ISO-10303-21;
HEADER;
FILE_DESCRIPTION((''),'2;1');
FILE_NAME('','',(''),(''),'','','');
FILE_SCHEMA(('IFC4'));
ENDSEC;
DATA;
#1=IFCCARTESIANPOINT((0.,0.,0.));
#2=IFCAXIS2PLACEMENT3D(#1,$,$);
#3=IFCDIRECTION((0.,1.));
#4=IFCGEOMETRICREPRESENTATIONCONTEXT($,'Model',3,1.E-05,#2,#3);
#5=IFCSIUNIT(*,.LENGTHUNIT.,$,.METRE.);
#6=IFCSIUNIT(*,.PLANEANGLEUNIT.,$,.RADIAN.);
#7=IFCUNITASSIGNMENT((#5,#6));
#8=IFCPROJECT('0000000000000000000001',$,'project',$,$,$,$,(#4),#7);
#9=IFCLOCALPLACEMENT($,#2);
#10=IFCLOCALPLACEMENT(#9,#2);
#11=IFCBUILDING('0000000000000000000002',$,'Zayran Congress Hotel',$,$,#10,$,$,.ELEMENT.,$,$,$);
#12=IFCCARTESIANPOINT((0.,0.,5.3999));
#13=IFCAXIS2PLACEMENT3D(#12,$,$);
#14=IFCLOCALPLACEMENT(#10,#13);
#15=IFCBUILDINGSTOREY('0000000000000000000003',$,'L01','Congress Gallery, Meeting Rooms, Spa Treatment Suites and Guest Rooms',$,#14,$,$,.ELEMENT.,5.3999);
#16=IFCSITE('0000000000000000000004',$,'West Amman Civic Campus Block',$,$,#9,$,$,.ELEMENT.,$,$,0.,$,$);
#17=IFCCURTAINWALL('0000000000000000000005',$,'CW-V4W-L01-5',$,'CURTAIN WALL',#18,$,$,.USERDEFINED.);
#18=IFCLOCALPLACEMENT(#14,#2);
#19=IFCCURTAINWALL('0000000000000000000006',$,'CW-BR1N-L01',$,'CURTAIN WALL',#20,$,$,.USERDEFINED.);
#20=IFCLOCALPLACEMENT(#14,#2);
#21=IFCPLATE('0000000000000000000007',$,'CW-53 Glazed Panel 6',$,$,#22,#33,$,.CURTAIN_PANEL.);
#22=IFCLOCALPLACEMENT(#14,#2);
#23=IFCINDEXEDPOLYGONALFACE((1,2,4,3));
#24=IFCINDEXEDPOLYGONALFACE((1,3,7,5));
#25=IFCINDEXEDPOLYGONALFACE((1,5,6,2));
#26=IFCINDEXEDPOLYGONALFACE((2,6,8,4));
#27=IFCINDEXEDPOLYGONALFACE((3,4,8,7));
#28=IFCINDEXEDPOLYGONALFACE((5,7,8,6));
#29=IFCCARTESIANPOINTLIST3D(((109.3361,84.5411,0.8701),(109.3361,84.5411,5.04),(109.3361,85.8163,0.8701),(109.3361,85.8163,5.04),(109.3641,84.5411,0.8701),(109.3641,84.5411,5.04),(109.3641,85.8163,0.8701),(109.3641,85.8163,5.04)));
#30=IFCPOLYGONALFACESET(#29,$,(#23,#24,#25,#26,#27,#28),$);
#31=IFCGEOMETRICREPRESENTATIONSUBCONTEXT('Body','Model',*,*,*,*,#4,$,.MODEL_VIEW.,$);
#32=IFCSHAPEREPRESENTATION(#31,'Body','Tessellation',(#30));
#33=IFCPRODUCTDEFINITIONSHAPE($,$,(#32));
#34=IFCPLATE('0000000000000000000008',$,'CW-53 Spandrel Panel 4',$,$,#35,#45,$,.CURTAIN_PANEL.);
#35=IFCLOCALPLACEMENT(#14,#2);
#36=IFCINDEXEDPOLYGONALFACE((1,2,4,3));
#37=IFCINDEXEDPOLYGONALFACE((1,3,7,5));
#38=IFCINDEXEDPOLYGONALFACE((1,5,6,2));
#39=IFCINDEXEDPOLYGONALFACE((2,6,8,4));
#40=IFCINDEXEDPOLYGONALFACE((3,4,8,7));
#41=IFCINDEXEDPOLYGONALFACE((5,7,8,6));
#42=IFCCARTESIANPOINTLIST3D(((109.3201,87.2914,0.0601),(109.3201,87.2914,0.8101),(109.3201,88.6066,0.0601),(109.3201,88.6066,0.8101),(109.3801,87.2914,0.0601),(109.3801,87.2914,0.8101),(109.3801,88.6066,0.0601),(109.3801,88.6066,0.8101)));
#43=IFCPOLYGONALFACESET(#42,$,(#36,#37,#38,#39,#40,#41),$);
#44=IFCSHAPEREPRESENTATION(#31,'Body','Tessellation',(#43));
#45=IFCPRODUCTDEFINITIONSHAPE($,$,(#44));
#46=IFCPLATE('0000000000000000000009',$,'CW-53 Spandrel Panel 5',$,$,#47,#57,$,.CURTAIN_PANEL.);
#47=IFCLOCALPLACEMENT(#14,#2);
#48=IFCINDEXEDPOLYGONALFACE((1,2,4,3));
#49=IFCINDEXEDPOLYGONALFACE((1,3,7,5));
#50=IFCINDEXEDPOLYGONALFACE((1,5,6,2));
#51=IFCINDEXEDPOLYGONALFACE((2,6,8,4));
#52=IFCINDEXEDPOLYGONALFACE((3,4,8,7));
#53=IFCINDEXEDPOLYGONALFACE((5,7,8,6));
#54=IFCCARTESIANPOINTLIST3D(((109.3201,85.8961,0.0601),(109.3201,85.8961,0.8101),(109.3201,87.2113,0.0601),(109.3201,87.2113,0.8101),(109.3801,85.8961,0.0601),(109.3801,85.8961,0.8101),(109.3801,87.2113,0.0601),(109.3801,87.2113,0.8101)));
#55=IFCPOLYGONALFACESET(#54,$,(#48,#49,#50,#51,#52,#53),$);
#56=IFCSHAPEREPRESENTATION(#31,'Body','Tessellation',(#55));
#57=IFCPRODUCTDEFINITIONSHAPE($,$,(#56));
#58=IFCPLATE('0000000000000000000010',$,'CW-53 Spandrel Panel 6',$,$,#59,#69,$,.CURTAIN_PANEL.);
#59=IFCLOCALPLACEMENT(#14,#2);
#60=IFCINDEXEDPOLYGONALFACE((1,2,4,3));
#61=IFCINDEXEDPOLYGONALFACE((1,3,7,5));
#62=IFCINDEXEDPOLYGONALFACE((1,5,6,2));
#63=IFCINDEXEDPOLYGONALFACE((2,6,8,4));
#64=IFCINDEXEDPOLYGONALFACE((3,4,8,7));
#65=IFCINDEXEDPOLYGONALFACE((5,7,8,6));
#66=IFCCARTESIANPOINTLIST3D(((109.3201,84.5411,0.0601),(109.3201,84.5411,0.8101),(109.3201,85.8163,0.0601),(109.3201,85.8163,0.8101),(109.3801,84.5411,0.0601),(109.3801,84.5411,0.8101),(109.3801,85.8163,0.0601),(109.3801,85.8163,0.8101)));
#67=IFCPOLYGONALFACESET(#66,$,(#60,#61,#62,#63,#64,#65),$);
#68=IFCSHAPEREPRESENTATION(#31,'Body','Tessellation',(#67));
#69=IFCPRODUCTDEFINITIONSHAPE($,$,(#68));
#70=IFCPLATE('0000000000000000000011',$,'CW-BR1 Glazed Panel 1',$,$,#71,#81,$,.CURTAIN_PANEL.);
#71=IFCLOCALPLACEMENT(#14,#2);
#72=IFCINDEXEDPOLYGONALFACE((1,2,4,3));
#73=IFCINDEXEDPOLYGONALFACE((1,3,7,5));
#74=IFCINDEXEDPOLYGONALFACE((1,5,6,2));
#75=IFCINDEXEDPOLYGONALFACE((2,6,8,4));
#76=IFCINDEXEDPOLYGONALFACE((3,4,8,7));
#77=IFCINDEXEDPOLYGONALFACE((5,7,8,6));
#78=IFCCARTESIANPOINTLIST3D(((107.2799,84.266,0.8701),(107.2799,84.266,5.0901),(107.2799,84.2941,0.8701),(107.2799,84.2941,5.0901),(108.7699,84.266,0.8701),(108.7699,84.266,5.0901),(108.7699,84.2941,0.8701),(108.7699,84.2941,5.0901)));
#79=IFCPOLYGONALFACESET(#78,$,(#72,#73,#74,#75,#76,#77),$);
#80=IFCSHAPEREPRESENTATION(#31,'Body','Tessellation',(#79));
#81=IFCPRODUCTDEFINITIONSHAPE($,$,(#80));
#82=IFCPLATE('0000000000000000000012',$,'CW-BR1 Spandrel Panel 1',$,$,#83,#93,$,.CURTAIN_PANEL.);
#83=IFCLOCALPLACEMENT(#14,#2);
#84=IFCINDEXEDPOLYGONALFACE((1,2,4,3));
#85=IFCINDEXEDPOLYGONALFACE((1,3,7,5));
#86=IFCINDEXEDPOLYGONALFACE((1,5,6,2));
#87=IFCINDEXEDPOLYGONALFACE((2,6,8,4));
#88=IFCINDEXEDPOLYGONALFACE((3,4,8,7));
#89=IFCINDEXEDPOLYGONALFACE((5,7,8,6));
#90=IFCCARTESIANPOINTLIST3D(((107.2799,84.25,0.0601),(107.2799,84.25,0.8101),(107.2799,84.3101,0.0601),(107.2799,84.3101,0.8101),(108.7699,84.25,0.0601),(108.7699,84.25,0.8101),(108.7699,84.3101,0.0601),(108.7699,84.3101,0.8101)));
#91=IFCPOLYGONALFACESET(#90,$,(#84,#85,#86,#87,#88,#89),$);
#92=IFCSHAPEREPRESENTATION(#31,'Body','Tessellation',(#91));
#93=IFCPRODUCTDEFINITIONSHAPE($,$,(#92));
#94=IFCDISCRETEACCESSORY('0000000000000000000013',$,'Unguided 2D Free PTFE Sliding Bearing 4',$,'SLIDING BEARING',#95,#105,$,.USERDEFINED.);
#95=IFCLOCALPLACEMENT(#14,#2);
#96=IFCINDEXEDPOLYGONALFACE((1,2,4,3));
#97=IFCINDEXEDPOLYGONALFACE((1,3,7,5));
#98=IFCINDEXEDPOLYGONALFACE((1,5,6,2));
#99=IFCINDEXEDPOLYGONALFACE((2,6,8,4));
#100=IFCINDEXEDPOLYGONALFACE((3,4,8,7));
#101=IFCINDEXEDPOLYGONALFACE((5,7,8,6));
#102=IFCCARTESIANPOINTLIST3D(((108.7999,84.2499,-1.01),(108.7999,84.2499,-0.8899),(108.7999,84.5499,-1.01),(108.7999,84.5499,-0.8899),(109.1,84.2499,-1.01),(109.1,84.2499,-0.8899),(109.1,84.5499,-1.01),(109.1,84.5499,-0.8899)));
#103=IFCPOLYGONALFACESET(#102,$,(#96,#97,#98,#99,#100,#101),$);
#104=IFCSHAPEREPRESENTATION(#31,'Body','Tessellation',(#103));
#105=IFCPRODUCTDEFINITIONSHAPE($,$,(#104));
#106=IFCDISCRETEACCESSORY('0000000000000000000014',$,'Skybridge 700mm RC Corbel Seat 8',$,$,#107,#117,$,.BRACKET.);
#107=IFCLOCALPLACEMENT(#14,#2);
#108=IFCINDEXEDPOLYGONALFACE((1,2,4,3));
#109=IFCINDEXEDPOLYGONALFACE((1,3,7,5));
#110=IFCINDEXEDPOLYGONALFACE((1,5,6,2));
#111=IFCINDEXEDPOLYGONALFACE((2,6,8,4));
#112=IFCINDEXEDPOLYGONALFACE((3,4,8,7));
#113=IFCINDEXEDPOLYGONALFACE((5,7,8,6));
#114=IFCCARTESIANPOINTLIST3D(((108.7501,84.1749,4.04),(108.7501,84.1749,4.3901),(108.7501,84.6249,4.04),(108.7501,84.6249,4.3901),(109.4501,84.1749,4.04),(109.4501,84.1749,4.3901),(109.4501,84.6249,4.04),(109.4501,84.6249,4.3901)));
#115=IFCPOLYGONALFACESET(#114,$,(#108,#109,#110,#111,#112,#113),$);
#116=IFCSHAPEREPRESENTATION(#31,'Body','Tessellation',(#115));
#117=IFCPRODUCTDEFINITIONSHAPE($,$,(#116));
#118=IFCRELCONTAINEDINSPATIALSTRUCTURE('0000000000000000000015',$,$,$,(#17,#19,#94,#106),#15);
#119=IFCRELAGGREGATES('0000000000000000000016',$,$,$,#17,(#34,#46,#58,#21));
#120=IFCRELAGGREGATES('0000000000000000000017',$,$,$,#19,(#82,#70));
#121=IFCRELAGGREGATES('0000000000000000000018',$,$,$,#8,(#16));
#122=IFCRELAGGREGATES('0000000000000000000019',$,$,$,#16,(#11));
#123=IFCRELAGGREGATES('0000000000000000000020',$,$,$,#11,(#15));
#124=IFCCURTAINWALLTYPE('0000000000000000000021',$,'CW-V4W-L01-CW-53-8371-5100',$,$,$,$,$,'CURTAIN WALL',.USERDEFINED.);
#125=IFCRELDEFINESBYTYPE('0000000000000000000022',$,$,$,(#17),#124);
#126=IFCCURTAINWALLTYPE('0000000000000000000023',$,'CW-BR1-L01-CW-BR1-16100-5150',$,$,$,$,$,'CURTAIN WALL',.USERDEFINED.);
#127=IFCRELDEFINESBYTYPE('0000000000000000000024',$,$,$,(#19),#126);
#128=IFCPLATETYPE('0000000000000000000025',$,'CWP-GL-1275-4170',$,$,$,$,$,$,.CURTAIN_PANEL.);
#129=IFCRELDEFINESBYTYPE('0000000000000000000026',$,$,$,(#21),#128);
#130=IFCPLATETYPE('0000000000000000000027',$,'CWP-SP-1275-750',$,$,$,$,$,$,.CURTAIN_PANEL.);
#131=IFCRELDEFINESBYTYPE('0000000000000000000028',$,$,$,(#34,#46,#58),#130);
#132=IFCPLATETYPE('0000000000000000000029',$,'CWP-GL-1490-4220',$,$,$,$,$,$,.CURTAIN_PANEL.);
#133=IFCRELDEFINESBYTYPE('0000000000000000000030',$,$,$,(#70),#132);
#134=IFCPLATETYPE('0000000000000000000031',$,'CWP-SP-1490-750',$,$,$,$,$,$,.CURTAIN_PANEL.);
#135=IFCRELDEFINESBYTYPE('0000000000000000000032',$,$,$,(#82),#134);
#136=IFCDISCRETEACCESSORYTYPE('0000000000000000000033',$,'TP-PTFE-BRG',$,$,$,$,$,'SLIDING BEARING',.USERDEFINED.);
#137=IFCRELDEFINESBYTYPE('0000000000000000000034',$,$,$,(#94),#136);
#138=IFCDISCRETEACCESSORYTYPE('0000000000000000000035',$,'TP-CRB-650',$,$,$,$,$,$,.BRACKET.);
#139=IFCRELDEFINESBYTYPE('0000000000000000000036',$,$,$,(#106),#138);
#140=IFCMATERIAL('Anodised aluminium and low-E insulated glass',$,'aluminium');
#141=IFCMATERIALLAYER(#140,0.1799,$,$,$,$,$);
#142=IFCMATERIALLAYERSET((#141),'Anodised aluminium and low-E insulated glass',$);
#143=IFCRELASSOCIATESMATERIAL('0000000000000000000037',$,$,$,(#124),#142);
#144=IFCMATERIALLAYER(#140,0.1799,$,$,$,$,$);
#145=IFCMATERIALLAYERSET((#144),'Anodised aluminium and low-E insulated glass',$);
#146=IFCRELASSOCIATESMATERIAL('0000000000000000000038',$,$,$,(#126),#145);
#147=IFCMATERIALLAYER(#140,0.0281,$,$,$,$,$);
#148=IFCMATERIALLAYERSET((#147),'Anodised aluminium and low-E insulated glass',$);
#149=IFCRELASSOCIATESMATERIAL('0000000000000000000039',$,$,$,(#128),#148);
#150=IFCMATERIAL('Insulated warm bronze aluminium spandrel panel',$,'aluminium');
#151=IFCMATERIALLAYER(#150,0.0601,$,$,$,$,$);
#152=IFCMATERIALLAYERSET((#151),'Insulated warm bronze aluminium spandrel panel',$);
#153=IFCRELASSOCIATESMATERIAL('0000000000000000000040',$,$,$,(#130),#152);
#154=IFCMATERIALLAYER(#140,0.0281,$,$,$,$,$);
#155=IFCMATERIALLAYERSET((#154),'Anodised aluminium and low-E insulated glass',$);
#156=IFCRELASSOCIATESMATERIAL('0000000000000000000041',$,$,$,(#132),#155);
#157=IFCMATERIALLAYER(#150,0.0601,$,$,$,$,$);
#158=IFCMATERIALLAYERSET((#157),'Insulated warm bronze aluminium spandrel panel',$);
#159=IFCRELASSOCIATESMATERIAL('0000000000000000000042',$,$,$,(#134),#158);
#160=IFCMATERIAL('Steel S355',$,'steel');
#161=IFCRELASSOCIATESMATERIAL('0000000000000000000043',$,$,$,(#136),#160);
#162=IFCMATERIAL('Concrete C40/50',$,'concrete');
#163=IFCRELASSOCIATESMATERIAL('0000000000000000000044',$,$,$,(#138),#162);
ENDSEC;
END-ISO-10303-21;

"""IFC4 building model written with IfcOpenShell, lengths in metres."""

from ifc_helpers import new_model, si_unit, direction, frame, origin, origin_2d, place, context, subcontext, project, spatial, rectangle, extrude, material, layer, layer_set, type_object, element, aggregate, save


model = new_model("IFC4")

# Units and contexts
model_context = context("Model", 3, precision=1e-05, world=origin(), true_north=direction((0.0, 1.0)))
body_context = subcontext(model_context, "Body", "Model", "MODEL_VIEW")
ifc_project = project(units=[si_unit("LENGTHUNIT", "METRE"), si_unit("PLANEANGLEUNIT", "RADIAN")], contexts=[model_context])

# Site, building, storey
site_placement = place(None, origin())
site = spatial("IfcSite", under=ifc_project, at=site_placement, Name="West Amman Civic Campus Block", CompositionType="ELEMENT", RefElevation=0.0)
building_placement = place(site_placement, origin())
building = spatial("IfcBuilding", under=site, at=building_placement, Name="Zayran Congress Hotel", CompositionType="ELEMENT")
storey_placement = place(building_placement, frame((0.0, 0.0, 5.3999)))
storey = spatial("IfcBuildingStorey", under=building, at=storey_placement, Name="L01", Description="Congress Gallery, Meeting Rooms, Spa Treatment Suites and Guest Rooms", CompositionType="ELEMENT", Elevation=5.3999)

# Curtain walls
ifc_material_1 = material(Name="Anodised aluminium and low-E insulated glass", Category="aluminium")
ifc_layer_1 = layer(ifc_material_1, 0.1799)
ifc_layer_set_1 = layer_set([ifc_layer_1], Name="Anodised aluminium and low-E insulated glass")
curtain_wall_type_1 = type_object("IfcCurtainWallType", Name="CW-V4W-L01-CW-53-8371-5100", ElementType="CURTAIN WALL", PredefinedType="USERDEFINED", material=ifc_layer_set_1)
curtain_wall_1_placement = place(storey_placement, origin())
curtain_wall_1 = element("IfcCurtainWall", 1, at=curtain_wall_1_placement, inside=storey, type_object=curtain_wall_type_1, Name="CW-V4W-L01-5", ObjectType="CURTAIN WALL", PredefinedType="USERDEFINED")
ifc_layer_2 = layer(ifc_material_1, 0.1799)
ifc_layer_set_2 = layer_set([ifc_layer_2], Name="Anodised aluminium and low-E insulated glass")
curtain_wall_type_2 = type_object("IfcCurtainWallType", Name="CW-BR1-L01-CW-BR1-16100-5150", ElementType="CURTAIN WALL", PredefinedType="USERDEFINED", material=ifc_layer_set_2)
curtain_wall_2_placement = place(storey_placement, origin())
curtain_wall_2 = element("IfcCurtainWall", 2, at=curtain_wall_2_placement, inside=storey, type_object=curtain_wall_type_2, Name="CW-BR1N-L01", ObjectType="CURTAIN WALL", PredefinedType="USERDEFINED")

# Plates
ifc_layer_3 = layer(ifc_material_1, 0.0281)
ifc_layer_set_3 = layer_set([ifc_layer_3], Name="Anodised aluminium and low-E insulated glass")
plate_type_1 = type_object("IfcPlateType", Name="CWP-GL-1275-4170", PredefinedType="CURTAIN_PANEL", material=ifc_layer_set_3)
plate_1_placement = place(storey_placement, frame((109.3501, 85.1787, 0.8701), z_axis=(0.0, 0.0, 1.0), x_axis=(0.0, 1.0, 0.0)))
plate_1 = element("IfcPlate", 3, at=plate_1_placement, type_object=plate_type_1, Name="CW-53 Glazed Panel 6", PredefinedType="CURTAIN_PANEL", context=body_context, shape_type="SweptSolid", body=[
    extrude(rectangle(XDim=1.2751, YDim=0.0281, at=origin_2d()), origin(), (0.0, 0.0, 1.0), 4.1699),
])
ifc_material_2 = material(Name="Insulated warm bronze aluminium spandrel panel", Category="aluminium")
ifc_layer_4 = layer(ifc_material_2, 0.0601)
ifc_layer_set_4 = layer_set([ifc_layer_4], Name="Insulated warm bronze aluminium spandrel panel")
plate_type_2 = type_object("IfcPlateType", Name="CWP-SP-1275-750", PredefinedType="CURTAIN_PANEL", material=ifc_layer_set_4)
plate_2_placement = place(storey_placement, frame((109.3501, 87.949, 0.0601), z_axis=(0.0, 0.0, 1.0), x_axis=(0.0, 1.0, 0.0)))
plate_2 = element("IfcPlate", 4, at=plate_2_placement, type_object=plate_type_2, Name="CW-53 Spandrel Panel 4", PredefinedType="CURTAIN_PANEL", context=body_context, shape_type="SweptSolid", body=[
    extrude(rectangle(XDim=1.3152, YDim=0.0601, at=origin_2d()), origin(), (0.0, 0.0, 1.0), 0.75),
])
plate_3_placement = place(storey_placement, frame((109.3501, 86.5537, 0.0601), z_axis=(0.0, 0.0, 1.0), x_axis=(0.0, 1.0, 0.0)))
plate_3 = element("IfcPlate", 5, at=plate_3_placement, type_object=plate_type_2, Name="CW-53 Spandrel Panel 5", PredefinedType="CURTAIN_PANEL", context=body_context, shape_type="SweptSolid", body=[
    extrude(rectangle(XDim=1.3152, YDim=0.0601, at=origin_2d()), origin(), (0.0, 0.0, 1.0), 0.75),
])
plate_4_placement = place(storey_placement, frame((109.3501, 85.1787, 0.0601), z_axis=(0.0, 0.0, 1.0), x_axis=(0.0, 1.0, 0.0)))
plate_4 = element("IfcPlate", 6, at=plate_4_placement, type_object=plate_type_2, Name="CW-53 Spandrel Panel 6", PredefinedType="CURTAIN_PANEL", context=body_context, shape_type="SweptSolid", body=[
    extrude(rectangle(XDim=1.2751, YDim=0.0601, at=origin_2d()), origin(), (0.0, 0.0, 1.0), 0.75),
])
aggregate(curtain_wall_1, [plate_2, plate_3, plate_4, plate_1])
ifc_layer_5 = layer(ifc_material_1, 0.0281)
ifc_layer_set_5 = layer_set([ifc_layer_5], Name="Anodised aluminium and low-E insulated glass")
plate_type_3 = type_object("IfcPlateType", Name="CWP-GL-1490-4220", PredefinedType="CURTAIN_PANEL", material=ifc_layer_set_5)
plate_5_placement = place(storey_placement, frame((108.0249, 84.28, 0.8701), z_axis=(0.0, 0.0, 1.0), x_axis=(1.0, 0.0, 0.0)))
plate_5 = element("IfcPlate", 7, at=plate_5_placement, type_object=plate_type_3, Name="CW-BR1 Glazed Panel 1", PredefinedType="CURTAIN_PANEL", context=body_context, shape_type="SweptSolid", body=[
    extrude(rectangle(XDim=1.49, YDim=0.0281, at=origin_2d()), origin(), (0.0, 0.0, 1.0), 4.22),
])
ifc_layer_6 = layer(ifc_material_2, 0.0601)
ifc_layer_set_6 = layer_set([ifc_layer_6], Name="Insulated warm bronze aluminium spandrel panel")
plate_type_4 = type_object("IfcPlateType", Name="CWP-SP-1490-750", PredefinedType="CURTAIN_PANEL", material=ifc_layer_set_6)
plate_6_placement = place(storey_placement, frame((108.0249, 84.28, 0.0601), z_axis=(0.0, 0.0, 1.0), x_axis=(1.0, 0.0, 0.0)))
plate_6 = element("IfcPlate", 8, at=plate_6_placement, type_object=plate_type_4, Name="CW-BR1 Spandrel Panel 1", PredefinedType="CURTAIN_PANEL", context=body_context, shape_type="SweptSolid", body=[
    extrude(rectangle(XDim=1.49, YDim=0.0601, at=origin_2d()), origin(), (0.0, 0.0, 1.0), 0.75),
])
aggregate(curtain_wall_2, [plate_6, plate_5])

# Discrete accessories
ifc_material_3 = material(Name="Steel S355", Category="steel")
discrete_accessory_type_1 = type_object("IfcDiscreteAccessoryType", Name="TP-PTFE-BRG", ElementType="SLIDING BEARING", PredefinedType="USERDEFINED", material=ifc_material_3)
discrete_accessory_1_placement = place(storey_placement, frame((108.95, 84.3999, -1.01), z_axis=(0.0, 0.0, 1.0), x_axis=(1.0, 0.0, 0.0)))
element("IfcDiscreteAccessory", 9, at=discrete_accessory_1_placement, inside=storey, type_object=discrete_accessory_type_1, Name="Unguided 2D Free PTFE Sliding Bearing 4", ObjectType="SLIDING BEARING", PredefinedType="USERDEFINED", context=body_context, shape_type="SweptSolid", body=[
    extrude(rectangle(XDim=0.3, YDim=0.3, at=origin_2d()), origin(), (0.0, 0.0, 1.0), 0.1201),
])
ifc_material_4 = material(Name="Concrete C40/50", Category="concrete")
discrete_accessory_type_2 = type_object("IfcDiscreteAccessoryType", Name="TP-CRB-650", PredefinedType="BRACKET", material=ifc_material_4)
discrete_accessory_2_placement = place(storey_placement, frame((109.1001, 84.3999, 4.04), z_axis=(0.0, 0.0, 1.0), x_axis=(1.0, 0.0, 0.0)))
element("IfcDiscreteAccessory", 10, at=discrete_accessory_2_placement, inside=storey, type_object=discrete_accessory_type_2, Name="Skybridge 700mm RC Corbel Seat 8", PredefinedType="BRACKET", context=body_context, shape_type="SweptSolid", body=[
    extrude(rectangle(XDim=0.7, YDim=0.45, at=origin_2d()), origin(), (0.0, 0.0, 1.0), 0.3501),
])

save(model, "model.ifc")
